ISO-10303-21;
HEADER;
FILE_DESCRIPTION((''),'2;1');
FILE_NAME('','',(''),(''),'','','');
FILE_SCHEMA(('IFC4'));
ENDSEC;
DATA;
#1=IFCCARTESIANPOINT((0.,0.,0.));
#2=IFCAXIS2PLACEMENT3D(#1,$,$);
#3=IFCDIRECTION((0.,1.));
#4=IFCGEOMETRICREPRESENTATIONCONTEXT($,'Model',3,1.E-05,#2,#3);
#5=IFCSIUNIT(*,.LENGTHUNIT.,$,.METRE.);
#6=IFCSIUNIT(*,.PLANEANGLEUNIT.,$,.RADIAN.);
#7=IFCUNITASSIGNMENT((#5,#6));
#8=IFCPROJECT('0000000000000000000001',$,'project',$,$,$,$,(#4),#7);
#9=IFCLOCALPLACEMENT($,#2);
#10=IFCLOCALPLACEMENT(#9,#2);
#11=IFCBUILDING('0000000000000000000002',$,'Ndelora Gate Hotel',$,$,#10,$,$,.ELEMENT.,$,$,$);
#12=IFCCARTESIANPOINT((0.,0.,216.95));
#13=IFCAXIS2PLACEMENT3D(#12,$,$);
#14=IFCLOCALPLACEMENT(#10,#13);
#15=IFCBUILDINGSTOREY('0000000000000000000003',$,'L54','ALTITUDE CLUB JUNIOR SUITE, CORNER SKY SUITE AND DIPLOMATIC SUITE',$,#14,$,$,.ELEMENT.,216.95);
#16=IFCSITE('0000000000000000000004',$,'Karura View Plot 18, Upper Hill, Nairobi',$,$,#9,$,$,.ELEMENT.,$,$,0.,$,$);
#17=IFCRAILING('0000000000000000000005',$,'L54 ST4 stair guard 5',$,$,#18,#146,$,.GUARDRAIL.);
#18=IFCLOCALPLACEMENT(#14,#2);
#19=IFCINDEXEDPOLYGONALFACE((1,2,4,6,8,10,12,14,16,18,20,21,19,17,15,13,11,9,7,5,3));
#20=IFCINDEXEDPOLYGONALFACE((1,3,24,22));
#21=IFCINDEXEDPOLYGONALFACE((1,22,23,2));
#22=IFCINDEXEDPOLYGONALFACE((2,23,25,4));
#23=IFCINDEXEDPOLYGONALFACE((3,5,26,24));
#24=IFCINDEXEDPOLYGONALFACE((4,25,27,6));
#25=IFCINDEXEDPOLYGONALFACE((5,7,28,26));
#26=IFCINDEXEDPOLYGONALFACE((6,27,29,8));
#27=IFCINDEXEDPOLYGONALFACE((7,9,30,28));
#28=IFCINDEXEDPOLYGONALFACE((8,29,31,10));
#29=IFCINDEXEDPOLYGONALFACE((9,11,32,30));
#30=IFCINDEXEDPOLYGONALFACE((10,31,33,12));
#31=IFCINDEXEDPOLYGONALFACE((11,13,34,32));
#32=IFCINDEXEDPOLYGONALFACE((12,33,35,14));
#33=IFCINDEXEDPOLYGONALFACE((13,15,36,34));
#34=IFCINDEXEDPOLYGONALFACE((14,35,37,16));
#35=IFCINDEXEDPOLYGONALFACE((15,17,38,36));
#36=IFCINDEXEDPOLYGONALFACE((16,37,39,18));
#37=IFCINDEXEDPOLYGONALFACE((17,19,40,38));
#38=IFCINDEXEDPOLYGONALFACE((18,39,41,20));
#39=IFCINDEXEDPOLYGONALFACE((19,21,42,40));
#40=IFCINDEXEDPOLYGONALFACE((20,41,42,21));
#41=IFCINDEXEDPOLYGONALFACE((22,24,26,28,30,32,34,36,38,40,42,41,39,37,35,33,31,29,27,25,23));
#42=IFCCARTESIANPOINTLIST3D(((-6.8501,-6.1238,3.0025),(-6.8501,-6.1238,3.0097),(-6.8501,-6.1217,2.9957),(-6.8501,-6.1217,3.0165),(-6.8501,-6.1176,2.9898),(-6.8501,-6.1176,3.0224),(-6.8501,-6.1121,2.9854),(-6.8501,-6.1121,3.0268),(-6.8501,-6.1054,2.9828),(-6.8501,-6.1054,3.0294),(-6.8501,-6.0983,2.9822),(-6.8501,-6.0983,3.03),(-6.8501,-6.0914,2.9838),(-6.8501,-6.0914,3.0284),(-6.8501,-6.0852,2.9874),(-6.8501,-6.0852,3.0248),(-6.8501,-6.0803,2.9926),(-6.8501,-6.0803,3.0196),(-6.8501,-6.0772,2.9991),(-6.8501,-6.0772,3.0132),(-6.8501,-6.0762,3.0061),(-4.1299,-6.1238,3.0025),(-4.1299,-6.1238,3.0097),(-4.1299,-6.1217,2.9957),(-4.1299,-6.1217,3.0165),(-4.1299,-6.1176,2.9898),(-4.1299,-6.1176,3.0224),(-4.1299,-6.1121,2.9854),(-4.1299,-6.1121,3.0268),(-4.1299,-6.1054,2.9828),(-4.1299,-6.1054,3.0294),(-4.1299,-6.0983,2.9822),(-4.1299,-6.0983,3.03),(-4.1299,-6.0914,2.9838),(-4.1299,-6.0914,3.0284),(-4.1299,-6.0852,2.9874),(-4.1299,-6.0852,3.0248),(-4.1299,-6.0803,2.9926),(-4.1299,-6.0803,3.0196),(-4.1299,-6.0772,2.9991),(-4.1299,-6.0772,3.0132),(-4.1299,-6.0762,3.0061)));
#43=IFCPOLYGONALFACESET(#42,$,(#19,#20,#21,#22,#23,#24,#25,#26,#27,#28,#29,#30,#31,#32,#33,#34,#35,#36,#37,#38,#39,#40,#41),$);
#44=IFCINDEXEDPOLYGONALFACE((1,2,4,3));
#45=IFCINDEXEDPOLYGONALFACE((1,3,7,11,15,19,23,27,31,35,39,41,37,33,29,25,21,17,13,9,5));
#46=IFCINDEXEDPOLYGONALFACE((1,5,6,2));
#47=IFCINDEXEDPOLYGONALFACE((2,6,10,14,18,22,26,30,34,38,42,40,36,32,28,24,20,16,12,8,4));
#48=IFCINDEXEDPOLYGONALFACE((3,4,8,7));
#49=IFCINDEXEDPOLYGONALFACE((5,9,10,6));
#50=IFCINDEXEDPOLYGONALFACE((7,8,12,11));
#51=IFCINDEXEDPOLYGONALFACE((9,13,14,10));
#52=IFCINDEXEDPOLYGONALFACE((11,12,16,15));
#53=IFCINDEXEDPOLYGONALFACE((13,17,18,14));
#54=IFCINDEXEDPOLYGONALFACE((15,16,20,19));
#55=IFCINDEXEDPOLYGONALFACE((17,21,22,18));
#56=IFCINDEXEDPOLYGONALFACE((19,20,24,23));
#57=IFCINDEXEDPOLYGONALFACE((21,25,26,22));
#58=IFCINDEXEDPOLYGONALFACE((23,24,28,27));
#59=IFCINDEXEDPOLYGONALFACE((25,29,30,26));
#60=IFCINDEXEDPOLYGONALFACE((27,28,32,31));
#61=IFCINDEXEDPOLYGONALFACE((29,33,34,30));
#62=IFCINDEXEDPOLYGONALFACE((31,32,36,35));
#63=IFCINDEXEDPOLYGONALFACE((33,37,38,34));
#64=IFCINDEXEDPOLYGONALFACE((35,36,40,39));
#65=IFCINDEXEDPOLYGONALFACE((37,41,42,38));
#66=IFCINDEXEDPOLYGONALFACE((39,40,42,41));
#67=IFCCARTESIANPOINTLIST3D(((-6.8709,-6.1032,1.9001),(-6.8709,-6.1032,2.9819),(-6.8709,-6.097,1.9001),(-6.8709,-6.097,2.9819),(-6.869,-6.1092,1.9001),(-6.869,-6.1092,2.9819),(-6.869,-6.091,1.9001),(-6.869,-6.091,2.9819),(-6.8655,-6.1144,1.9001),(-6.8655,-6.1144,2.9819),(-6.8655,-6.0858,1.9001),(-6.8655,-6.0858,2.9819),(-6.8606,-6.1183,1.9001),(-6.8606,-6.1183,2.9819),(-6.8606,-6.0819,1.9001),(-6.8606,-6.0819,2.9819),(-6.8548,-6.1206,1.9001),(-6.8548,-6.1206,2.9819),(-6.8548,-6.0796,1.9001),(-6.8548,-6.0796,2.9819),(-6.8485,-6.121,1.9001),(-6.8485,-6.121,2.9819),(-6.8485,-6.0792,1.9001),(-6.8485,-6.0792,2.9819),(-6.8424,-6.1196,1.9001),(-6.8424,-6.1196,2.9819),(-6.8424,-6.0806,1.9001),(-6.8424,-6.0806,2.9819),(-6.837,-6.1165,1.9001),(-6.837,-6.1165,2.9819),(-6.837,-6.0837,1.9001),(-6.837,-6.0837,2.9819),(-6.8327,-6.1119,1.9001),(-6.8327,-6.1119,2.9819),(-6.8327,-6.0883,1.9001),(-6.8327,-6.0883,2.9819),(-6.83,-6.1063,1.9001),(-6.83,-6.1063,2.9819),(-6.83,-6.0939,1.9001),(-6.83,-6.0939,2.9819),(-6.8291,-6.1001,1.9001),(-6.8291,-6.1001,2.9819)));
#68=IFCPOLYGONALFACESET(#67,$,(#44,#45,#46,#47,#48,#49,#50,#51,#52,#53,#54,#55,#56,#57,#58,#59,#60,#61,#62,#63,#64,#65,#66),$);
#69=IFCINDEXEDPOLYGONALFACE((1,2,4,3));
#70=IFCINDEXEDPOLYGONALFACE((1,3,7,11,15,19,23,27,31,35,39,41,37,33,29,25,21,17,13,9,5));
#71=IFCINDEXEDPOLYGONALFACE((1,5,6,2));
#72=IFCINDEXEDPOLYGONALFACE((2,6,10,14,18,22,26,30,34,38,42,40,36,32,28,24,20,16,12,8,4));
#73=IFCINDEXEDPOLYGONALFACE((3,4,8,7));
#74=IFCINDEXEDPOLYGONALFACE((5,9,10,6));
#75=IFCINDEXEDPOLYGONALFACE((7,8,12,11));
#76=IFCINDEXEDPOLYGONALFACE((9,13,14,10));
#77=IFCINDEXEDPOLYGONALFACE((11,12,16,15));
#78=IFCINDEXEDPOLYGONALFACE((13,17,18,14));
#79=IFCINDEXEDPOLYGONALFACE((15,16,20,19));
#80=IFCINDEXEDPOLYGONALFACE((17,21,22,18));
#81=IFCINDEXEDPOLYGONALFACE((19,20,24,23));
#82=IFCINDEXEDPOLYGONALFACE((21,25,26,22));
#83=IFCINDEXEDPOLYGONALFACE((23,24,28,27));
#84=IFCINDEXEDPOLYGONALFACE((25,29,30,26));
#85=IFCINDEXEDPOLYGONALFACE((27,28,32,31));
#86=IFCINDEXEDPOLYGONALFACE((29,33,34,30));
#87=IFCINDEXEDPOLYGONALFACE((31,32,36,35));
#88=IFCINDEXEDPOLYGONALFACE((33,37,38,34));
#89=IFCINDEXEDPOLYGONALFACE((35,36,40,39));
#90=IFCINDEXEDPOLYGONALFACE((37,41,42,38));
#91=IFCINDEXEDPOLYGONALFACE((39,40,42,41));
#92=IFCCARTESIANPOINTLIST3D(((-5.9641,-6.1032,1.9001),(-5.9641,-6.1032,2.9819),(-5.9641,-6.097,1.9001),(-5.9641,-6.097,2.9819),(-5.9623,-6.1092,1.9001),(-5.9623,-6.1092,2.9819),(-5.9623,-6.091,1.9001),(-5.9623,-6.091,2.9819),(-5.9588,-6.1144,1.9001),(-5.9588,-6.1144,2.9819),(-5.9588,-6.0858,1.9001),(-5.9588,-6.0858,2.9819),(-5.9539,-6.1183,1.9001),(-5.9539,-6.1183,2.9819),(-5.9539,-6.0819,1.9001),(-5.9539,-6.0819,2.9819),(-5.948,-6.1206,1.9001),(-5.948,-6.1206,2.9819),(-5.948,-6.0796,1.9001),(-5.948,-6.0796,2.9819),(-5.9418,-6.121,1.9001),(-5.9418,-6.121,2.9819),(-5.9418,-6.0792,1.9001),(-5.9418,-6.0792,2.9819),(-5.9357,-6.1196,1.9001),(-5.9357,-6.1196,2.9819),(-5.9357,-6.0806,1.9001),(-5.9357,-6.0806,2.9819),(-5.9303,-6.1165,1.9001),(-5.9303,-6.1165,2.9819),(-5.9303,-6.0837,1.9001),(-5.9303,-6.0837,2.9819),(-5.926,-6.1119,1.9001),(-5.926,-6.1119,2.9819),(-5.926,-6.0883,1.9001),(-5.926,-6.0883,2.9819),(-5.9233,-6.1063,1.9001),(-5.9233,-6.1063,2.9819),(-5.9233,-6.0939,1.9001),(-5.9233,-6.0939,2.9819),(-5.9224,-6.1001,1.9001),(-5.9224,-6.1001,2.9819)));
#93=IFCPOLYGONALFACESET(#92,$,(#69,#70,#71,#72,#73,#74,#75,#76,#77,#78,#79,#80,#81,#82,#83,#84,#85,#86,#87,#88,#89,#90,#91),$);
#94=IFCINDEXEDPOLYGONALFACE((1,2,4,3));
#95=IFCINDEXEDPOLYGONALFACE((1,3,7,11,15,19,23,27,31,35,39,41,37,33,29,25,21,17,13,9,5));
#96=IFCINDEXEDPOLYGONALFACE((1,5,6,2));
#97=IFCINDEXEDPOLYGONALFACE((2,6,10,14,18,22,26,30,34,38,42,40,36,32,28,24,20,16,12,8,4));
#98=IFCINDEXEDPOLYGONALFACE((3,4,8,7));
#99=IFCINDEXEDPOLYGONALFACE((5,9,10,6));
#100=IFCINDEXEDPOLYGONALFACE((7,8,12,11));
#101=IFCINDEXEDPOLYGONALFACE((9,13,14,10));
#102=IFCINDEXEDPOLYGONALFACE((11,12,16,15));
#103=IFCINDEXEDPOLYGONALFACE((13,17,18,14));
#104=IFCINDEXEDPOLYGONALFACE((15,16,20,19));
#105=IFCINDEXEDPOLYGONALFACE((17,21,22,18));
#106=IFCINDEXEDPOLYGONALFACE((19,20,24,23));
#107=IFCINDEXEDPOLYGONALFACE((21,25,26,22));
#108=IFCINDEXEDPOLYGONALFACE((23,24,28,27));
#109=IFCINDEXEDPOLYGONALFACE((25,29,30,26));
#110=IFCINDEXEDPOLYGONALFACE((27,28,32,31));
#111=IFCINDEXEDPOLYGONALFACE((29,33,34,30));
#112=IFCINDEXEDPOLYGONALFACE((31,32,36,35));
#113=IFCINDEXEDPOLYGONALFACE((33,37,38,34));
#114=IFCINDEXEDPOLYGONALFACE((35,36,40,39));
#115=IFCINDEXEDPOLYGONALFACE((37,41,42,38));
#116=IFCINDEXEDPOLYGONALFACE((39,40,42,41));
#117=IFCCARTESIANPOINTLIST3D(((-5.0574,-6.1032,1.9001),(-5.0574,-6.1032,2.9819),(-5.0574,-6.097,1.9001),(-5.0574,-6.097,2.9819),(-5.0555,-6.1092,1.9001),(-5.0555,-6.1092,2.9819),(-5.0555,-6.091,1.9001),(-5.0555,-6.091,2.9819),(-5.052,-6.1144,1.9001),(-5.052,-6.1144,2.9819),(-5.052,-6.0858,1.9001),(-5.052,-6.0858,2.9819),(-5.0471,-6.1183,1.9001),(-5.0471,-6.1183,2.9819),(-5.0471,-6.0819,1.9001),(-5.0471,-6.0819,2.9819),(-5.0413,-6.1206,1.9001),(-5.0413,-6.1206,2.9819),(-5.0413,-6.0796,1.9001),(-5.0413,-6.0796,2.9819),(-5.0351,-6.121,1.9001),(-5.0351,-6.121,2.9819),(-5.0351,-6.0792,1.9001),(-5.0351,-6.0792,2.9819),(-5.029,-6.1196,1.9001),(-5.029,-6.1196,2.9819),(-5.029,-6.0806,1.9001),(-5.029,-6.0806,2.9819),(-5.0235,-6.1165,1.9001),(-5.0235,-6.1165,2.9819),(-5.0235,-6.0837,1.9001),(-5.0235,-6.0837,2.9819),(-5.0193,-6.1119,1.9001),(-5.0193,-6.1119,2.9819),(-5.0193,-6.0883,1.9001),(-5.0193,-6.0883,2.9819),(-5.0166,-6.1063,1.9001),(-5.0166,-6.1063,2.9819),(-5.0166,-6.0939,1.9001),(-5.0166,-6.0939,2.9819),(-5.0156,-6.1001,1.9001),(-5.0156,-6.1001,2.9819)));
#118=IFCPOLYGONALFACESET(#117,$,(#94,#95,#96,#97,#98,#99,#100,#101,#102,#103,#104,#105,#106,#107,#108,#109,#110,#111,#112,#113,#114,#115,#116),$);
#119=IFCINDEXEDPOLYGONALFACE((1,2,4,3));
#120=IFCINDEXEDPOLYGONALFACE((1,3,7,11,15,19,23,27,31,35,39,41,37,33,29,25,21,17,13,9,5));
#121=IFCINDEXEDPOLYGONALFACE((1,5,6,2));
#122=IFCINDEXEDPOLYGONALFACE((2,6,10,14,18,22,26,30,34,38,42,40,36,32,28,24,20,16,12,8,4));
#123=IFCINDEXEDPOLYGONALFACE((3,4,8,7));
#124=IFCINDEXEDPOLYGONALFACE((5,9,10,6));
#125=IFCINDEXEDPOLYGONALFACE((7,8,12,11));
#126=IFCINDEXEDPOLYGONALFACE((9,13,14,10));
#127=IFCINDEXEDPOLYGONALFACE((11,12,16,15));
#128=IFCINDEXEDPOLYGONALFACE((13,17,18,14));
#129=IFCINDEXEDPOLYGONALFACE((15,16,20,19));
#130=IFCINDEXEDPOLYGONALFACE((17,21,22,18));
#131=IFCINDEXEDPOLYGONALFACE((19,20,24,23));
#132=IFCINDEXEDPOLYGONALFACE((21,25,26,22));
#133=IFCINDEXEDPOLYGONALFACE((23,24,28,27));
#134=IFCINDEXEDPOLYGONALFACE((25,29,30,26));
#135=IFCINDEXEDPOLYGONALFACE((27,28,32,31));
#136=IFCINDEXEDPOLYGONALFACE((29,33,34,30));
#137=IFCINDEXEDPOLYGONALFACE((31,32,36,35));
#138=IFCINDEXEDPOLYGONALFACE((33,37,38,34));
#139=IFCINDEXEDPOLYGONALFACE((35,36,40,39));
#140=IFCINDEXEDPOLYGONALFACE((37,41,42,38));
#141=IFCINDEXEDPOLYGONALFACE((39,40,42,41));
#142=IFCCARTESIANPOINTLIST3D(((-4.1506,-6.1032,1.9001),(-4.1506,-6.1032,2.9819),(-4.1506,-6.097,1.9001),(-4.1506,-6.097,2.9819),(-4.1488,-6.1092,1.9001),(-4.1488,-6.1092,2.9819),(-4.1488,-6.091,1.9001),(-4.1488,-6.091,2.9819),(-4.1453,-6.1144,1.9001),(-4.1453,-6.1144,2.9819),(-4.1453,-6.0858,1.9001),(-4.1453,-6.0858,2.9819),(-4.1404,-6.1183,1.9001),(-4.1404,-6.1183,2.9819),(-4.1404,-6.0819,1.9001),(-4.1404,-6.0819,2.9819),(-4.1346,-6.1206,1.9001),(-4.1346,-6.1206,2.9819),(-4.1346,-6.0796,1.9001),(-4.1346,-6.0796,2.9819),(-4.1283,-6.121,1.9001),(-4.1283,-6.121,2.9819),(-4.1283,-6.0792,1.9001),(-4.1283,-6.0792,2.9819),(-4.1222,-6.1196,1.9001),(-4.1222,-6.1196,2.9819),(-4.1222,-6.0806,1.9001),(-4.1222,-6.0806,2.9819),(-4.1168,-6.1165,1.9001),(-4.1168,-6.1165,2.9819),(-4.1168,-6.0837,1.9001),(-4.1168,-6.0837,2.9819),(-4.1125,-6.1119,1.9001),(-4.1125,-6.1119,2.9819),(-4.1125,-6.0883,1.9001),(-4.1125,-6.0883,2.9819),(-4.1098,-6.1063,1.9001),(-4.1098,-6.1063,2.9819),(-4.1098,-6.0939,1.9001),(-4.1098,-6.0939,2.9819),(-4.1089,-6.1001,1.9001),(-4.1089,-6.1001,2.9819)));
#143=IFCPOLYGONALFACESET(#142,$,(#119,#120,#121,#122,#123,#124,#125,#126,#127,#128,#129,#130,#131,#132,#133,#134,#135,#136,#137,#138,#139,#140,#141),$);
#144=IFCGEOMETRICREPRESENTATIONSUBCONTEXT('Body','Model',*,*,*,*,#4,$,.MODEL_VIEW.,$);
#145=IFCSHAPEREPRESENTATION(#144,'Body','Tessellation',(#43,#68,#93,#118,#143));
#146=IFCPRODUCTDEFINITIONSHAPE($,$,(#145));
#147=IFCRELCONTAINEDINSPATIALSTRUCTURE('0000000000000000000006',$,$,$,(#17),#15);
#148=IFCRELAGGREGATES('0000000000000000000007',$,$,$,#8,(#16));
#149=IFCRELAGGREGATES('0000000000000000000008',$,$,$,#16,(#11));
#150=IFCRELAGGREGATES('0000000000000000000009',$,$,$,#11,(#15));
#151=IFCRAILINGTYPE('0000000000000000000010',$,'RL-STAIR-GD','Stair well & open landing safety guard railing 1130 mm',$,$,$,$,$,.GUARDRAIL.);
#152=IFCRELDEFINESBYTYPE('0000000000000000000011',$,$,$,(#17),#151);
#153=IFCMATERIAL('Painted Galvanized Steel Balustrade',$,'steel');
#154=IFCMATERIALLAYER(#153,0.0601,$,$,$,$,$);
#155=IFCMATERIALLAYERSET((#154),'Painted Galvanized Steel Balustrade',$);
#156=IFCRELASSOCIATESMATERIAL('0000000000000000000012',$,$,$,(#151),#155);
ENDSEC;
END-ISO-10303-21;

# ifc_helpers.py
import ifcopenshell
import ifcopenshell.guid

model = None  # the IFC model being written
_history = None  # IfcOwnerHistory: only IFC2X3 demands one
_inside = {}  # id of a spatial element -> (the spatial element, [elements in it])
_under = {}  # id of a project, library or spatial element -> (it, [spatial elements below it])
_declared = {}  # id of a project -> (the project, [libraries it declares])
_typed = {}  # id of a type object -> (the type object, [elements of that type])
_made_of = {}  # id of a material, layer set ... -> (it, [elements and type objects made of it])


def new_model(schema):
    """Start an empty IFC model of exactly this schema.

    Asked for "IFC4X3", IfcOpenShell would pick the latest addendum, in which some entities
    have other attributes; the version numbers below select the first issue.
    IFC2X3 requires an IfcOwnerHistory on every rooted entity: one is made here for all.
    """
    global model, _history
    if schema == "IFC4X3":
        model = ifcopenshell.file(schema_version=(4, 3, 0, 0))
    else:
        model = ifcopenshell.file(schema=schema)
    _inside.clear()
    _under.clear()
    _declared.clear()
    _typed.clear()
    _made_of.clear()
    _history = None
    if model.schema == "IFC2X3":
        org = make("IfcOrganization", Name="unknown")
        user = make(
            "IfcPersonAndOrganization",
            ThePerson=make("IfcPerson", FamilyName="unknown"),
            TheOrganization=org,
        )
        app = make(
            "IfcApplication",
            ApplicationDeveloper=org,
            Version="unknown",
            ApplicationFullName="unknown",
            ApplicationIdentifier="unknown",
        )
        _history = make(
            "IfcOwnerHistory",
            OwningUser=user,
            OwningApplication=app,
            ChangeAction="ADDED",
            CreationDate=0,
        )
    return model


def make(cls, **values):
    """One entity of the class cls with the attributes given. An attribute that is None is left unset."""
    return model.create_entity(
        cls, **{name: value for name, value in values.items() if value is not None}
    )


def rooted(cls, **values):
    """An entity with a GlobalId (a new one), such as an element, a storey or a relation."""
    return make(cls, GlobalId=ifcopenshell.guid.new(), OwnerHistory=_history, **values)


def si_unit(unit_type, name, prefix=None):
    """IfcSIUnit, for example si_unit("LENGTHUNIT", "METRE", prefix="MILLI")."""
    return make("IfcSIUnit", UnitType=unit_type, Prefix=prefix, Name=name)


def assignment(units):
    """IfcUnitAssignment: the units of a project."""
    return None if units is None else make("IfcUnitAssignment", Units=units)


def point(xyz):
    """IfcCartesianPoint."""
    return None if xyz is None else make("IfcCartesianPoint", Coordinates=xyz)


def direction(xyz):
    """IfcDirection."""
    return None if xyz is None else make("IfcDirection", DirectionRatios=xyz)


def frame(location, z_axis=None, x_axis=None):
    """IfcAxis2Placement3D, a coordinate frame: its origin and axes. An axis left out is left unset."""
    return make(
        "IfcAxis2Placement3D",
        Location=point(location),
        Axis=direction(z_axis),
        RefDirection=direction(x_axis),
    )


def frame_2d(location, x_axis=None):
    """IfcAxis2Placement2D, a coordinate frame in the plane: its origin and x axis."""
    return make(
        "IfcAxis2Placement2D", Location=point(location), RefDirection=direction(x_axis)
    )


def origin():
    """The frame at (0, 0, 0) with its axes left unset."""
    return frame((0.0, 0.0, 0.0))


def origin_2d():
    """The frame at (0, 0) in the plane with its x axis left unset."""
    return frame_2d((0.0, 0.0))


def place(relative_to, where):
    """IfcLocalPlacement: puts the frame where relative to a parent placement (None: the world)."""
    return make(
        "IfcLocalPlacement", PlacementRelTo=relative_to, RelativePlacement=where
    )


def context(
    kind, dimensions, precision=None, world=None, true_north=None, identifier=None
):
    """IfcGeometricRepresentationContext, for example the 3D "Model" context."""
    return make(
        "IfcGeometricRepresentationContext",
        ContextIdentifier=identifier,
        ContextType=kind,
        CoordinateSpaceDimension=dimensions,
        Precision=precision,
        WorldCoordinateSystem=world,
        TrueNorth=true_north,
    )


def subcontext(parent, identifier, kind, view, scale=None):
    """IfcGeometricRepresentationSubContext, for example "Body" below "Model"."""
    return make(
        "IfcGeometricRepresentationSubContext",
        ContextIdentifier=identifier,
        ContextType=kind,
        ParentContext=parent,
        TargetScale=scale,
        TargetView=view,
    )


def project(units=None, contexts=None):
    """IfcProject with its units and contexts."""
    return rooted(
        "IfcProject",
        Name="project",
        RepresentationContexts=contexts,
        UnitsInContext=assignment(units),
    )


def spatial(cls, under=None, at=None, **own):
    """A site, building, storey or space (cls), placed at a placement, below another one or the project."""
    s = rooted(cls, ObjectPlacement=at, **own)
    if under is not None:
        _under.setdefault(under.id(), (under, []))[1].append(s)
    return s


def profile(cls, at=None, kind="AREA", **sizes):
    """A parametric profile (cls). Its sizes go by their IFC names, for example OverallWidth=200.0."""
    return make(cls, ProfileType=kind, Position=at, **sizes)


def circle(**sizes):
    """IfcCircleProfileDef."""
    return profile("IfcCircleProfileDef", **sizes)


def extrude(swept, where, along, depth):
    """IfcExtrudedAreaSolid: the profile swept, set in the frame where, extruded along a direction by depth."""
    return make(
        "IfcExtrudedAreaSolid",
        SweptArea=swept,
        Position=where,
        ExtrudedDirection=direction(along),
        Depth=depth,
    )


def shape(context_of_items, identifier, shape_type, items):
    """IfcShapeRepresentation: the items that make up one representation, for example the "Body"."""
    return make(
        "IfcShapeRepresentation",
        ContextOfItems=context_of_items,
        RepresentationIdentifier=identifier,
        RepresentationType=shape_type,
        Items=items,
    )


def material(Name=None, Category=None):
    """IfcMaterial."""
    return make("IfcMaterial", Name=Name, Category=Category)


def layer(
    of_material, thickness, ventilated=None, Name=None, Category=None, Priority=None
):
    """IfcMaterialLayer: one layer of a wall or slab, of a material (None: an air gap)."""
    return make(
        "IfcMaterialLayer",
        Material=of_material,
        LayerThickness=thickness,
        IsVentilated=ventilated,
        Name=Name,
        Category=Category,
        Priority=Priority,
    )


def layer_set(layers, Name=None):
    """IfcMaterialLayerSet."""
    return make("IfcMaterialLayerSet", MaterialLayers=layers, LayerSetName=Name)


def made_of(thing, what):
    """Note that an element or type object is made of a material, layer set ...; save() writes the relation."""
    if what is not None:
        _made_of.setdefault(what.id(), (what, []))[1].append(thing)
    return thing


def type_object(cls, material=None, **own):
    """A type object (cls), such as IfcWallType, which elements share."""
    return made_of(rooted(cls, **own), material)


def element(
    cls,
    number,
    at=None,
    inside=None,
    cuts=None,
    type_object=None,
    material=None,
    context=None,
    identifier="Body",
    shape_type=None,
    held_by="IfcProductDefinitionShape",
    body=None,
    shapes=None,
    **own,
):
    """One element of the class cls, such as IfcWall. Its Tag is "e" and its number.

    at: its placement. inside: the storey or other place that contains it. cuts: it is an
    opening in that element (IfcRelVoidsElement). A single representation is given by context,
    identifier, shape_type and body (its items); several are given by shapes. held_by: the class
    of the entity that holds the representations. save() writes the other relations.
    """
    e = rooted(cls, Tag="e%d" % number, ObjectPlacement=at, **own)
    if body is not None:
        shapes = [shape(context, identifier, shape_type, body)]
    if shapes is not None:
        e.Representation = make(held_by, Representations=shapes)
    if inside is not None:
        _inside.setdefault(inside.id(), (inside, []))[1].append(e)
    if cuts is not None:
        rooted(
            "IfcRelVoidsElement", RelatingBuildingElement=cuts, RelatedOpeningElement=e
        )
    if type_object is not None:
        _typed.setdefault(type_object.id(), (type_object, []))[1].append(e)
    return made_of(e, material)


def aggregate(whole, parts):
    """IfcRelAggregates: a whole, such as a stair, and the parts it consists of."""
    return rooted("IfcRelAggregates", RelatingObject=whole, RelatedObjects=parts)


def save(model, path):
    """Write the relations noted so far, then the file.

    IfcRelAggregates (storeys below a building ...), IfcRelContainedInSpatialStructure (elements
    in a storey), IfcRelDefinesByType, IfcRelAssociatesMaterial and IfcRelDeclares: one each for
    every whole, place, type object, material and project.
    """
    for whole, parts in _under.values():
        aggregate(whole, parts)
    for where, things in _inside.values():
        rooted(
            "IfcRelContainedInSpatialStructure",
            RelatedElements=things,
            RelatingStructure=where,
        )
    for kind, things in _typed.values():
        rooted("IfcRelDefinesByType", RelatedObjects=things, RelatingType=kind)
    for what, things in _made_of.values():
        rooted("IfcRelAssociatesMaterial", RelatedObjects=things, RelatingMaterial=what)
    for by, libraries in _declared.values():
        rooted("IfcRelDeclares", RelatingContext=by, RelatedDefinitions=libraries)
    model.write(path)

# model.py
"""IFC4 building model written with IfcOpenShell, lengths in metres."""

from ifc_helpers import new_model, si_unit, direction, frame, origin, origin_2d, place, context, subcontext, project, spatial, circle, extrude, material, layer, layer_set, type_object, element, save


model = new_model("IFC4")

# Units and contexts
model_context = context("Model", 3, precision=1e-05, world=origin(), true_north=direction((0.0, 1.0)))
body_context = subcontext(model_context, "Body", "Model", "MODEL_VIEW")
ifc_project = project(units=[si_unit("LENGTHUNIT", "METRE"), si_unit("PLANEANGLEUNIT", "RADIAN")], contexts=[model_context])

# Site, building, storey
site_placement = place(None, origin())
site = spatial("IfcSite", under=ifc_project, at=site_placement, Name="Karura View Plot 18, Upper Hill, Nairobi", CompositionType="ELEMENT", RefElevation=0.0)
building_placement = place(site_placement, origin())
building = spatial("IfcBuilding", under=site, at=building_placement, Name="Ndelora Gate Hotel", CompositionType="ELEMENT")
storey_placement = place(building_placement, frame((0.0, 0.0, 216.95)))
storey = spatial("IfcBuildingStorey", under=building, at=storey_placement, Name="L54", Description="ALTITUDE CLUB JUNIOR SUITE, CORNER SKY SUITE AND DIPLOMATIC SUITE", CompositionType="ELEMENT", Elevation=216.95)

# Railing
ifc_material_1 = material(Name="Painted Galvanized Steel Balustrade", Category="steel")
ifc_layer_1 = layer(ifc_material_1, 0.0601)
ifc_layer_set_1 = layer_set([ifc_layer_1], Name="Painted Galvanized Steel Balustrade")
railing_type_1 = type_object("IfcRailingType", Name="RL-STAIR-GD", Description="Stair well & open landing safety guard railing 1130 mm", PredefinedType="GUARDRAIL", material=ifc_layer_set_1)
railing_1_placement = place(storey_placement, frame((-6.8501, -6.1001, 1.9001)))
element("IfcRailing", 1, at=railing_1_placement, inside=storey, type_object=railing_type_1, Name="L54 ST4 stair guard 5", PredefinedType="GUARDRAIL", context=body_context, shape_type="SweptSolid", body=[
    extrude(circle(Radius=0.0239, at=origin_2d()), frame((0.0, 0.0, 1.106), z_axis=(1.0, 0.0, 0.0), x_axis=(0.0, 1.0, 0.0)), (0.0, 0.0, 1.0), 2.7202),
    extrude(circle(Radius=0.021, at=origin_2d()), origin(), (0.0, 0.0, 1.0), 1.0818),
    extrude(circle(Radius=0.021, at=origin_2d()), frame((0.9067, 0.0, 0.0)), (0.0, 0.0, 1.0), 1.0818),
    extrude(circle(Radius=0.021, at=origin_2d()), frame((1.8135, 0.0, 0.0)), (0.0, 0.0, 1.0), 1.0818),
    extrude(circle(Radius=0.021, at=origin_2d()), frame((2.7202, 0.0, 0.0)), (0.0, 0.0, 1.0), 1.0818),
])

save(model, "model.ifc")
